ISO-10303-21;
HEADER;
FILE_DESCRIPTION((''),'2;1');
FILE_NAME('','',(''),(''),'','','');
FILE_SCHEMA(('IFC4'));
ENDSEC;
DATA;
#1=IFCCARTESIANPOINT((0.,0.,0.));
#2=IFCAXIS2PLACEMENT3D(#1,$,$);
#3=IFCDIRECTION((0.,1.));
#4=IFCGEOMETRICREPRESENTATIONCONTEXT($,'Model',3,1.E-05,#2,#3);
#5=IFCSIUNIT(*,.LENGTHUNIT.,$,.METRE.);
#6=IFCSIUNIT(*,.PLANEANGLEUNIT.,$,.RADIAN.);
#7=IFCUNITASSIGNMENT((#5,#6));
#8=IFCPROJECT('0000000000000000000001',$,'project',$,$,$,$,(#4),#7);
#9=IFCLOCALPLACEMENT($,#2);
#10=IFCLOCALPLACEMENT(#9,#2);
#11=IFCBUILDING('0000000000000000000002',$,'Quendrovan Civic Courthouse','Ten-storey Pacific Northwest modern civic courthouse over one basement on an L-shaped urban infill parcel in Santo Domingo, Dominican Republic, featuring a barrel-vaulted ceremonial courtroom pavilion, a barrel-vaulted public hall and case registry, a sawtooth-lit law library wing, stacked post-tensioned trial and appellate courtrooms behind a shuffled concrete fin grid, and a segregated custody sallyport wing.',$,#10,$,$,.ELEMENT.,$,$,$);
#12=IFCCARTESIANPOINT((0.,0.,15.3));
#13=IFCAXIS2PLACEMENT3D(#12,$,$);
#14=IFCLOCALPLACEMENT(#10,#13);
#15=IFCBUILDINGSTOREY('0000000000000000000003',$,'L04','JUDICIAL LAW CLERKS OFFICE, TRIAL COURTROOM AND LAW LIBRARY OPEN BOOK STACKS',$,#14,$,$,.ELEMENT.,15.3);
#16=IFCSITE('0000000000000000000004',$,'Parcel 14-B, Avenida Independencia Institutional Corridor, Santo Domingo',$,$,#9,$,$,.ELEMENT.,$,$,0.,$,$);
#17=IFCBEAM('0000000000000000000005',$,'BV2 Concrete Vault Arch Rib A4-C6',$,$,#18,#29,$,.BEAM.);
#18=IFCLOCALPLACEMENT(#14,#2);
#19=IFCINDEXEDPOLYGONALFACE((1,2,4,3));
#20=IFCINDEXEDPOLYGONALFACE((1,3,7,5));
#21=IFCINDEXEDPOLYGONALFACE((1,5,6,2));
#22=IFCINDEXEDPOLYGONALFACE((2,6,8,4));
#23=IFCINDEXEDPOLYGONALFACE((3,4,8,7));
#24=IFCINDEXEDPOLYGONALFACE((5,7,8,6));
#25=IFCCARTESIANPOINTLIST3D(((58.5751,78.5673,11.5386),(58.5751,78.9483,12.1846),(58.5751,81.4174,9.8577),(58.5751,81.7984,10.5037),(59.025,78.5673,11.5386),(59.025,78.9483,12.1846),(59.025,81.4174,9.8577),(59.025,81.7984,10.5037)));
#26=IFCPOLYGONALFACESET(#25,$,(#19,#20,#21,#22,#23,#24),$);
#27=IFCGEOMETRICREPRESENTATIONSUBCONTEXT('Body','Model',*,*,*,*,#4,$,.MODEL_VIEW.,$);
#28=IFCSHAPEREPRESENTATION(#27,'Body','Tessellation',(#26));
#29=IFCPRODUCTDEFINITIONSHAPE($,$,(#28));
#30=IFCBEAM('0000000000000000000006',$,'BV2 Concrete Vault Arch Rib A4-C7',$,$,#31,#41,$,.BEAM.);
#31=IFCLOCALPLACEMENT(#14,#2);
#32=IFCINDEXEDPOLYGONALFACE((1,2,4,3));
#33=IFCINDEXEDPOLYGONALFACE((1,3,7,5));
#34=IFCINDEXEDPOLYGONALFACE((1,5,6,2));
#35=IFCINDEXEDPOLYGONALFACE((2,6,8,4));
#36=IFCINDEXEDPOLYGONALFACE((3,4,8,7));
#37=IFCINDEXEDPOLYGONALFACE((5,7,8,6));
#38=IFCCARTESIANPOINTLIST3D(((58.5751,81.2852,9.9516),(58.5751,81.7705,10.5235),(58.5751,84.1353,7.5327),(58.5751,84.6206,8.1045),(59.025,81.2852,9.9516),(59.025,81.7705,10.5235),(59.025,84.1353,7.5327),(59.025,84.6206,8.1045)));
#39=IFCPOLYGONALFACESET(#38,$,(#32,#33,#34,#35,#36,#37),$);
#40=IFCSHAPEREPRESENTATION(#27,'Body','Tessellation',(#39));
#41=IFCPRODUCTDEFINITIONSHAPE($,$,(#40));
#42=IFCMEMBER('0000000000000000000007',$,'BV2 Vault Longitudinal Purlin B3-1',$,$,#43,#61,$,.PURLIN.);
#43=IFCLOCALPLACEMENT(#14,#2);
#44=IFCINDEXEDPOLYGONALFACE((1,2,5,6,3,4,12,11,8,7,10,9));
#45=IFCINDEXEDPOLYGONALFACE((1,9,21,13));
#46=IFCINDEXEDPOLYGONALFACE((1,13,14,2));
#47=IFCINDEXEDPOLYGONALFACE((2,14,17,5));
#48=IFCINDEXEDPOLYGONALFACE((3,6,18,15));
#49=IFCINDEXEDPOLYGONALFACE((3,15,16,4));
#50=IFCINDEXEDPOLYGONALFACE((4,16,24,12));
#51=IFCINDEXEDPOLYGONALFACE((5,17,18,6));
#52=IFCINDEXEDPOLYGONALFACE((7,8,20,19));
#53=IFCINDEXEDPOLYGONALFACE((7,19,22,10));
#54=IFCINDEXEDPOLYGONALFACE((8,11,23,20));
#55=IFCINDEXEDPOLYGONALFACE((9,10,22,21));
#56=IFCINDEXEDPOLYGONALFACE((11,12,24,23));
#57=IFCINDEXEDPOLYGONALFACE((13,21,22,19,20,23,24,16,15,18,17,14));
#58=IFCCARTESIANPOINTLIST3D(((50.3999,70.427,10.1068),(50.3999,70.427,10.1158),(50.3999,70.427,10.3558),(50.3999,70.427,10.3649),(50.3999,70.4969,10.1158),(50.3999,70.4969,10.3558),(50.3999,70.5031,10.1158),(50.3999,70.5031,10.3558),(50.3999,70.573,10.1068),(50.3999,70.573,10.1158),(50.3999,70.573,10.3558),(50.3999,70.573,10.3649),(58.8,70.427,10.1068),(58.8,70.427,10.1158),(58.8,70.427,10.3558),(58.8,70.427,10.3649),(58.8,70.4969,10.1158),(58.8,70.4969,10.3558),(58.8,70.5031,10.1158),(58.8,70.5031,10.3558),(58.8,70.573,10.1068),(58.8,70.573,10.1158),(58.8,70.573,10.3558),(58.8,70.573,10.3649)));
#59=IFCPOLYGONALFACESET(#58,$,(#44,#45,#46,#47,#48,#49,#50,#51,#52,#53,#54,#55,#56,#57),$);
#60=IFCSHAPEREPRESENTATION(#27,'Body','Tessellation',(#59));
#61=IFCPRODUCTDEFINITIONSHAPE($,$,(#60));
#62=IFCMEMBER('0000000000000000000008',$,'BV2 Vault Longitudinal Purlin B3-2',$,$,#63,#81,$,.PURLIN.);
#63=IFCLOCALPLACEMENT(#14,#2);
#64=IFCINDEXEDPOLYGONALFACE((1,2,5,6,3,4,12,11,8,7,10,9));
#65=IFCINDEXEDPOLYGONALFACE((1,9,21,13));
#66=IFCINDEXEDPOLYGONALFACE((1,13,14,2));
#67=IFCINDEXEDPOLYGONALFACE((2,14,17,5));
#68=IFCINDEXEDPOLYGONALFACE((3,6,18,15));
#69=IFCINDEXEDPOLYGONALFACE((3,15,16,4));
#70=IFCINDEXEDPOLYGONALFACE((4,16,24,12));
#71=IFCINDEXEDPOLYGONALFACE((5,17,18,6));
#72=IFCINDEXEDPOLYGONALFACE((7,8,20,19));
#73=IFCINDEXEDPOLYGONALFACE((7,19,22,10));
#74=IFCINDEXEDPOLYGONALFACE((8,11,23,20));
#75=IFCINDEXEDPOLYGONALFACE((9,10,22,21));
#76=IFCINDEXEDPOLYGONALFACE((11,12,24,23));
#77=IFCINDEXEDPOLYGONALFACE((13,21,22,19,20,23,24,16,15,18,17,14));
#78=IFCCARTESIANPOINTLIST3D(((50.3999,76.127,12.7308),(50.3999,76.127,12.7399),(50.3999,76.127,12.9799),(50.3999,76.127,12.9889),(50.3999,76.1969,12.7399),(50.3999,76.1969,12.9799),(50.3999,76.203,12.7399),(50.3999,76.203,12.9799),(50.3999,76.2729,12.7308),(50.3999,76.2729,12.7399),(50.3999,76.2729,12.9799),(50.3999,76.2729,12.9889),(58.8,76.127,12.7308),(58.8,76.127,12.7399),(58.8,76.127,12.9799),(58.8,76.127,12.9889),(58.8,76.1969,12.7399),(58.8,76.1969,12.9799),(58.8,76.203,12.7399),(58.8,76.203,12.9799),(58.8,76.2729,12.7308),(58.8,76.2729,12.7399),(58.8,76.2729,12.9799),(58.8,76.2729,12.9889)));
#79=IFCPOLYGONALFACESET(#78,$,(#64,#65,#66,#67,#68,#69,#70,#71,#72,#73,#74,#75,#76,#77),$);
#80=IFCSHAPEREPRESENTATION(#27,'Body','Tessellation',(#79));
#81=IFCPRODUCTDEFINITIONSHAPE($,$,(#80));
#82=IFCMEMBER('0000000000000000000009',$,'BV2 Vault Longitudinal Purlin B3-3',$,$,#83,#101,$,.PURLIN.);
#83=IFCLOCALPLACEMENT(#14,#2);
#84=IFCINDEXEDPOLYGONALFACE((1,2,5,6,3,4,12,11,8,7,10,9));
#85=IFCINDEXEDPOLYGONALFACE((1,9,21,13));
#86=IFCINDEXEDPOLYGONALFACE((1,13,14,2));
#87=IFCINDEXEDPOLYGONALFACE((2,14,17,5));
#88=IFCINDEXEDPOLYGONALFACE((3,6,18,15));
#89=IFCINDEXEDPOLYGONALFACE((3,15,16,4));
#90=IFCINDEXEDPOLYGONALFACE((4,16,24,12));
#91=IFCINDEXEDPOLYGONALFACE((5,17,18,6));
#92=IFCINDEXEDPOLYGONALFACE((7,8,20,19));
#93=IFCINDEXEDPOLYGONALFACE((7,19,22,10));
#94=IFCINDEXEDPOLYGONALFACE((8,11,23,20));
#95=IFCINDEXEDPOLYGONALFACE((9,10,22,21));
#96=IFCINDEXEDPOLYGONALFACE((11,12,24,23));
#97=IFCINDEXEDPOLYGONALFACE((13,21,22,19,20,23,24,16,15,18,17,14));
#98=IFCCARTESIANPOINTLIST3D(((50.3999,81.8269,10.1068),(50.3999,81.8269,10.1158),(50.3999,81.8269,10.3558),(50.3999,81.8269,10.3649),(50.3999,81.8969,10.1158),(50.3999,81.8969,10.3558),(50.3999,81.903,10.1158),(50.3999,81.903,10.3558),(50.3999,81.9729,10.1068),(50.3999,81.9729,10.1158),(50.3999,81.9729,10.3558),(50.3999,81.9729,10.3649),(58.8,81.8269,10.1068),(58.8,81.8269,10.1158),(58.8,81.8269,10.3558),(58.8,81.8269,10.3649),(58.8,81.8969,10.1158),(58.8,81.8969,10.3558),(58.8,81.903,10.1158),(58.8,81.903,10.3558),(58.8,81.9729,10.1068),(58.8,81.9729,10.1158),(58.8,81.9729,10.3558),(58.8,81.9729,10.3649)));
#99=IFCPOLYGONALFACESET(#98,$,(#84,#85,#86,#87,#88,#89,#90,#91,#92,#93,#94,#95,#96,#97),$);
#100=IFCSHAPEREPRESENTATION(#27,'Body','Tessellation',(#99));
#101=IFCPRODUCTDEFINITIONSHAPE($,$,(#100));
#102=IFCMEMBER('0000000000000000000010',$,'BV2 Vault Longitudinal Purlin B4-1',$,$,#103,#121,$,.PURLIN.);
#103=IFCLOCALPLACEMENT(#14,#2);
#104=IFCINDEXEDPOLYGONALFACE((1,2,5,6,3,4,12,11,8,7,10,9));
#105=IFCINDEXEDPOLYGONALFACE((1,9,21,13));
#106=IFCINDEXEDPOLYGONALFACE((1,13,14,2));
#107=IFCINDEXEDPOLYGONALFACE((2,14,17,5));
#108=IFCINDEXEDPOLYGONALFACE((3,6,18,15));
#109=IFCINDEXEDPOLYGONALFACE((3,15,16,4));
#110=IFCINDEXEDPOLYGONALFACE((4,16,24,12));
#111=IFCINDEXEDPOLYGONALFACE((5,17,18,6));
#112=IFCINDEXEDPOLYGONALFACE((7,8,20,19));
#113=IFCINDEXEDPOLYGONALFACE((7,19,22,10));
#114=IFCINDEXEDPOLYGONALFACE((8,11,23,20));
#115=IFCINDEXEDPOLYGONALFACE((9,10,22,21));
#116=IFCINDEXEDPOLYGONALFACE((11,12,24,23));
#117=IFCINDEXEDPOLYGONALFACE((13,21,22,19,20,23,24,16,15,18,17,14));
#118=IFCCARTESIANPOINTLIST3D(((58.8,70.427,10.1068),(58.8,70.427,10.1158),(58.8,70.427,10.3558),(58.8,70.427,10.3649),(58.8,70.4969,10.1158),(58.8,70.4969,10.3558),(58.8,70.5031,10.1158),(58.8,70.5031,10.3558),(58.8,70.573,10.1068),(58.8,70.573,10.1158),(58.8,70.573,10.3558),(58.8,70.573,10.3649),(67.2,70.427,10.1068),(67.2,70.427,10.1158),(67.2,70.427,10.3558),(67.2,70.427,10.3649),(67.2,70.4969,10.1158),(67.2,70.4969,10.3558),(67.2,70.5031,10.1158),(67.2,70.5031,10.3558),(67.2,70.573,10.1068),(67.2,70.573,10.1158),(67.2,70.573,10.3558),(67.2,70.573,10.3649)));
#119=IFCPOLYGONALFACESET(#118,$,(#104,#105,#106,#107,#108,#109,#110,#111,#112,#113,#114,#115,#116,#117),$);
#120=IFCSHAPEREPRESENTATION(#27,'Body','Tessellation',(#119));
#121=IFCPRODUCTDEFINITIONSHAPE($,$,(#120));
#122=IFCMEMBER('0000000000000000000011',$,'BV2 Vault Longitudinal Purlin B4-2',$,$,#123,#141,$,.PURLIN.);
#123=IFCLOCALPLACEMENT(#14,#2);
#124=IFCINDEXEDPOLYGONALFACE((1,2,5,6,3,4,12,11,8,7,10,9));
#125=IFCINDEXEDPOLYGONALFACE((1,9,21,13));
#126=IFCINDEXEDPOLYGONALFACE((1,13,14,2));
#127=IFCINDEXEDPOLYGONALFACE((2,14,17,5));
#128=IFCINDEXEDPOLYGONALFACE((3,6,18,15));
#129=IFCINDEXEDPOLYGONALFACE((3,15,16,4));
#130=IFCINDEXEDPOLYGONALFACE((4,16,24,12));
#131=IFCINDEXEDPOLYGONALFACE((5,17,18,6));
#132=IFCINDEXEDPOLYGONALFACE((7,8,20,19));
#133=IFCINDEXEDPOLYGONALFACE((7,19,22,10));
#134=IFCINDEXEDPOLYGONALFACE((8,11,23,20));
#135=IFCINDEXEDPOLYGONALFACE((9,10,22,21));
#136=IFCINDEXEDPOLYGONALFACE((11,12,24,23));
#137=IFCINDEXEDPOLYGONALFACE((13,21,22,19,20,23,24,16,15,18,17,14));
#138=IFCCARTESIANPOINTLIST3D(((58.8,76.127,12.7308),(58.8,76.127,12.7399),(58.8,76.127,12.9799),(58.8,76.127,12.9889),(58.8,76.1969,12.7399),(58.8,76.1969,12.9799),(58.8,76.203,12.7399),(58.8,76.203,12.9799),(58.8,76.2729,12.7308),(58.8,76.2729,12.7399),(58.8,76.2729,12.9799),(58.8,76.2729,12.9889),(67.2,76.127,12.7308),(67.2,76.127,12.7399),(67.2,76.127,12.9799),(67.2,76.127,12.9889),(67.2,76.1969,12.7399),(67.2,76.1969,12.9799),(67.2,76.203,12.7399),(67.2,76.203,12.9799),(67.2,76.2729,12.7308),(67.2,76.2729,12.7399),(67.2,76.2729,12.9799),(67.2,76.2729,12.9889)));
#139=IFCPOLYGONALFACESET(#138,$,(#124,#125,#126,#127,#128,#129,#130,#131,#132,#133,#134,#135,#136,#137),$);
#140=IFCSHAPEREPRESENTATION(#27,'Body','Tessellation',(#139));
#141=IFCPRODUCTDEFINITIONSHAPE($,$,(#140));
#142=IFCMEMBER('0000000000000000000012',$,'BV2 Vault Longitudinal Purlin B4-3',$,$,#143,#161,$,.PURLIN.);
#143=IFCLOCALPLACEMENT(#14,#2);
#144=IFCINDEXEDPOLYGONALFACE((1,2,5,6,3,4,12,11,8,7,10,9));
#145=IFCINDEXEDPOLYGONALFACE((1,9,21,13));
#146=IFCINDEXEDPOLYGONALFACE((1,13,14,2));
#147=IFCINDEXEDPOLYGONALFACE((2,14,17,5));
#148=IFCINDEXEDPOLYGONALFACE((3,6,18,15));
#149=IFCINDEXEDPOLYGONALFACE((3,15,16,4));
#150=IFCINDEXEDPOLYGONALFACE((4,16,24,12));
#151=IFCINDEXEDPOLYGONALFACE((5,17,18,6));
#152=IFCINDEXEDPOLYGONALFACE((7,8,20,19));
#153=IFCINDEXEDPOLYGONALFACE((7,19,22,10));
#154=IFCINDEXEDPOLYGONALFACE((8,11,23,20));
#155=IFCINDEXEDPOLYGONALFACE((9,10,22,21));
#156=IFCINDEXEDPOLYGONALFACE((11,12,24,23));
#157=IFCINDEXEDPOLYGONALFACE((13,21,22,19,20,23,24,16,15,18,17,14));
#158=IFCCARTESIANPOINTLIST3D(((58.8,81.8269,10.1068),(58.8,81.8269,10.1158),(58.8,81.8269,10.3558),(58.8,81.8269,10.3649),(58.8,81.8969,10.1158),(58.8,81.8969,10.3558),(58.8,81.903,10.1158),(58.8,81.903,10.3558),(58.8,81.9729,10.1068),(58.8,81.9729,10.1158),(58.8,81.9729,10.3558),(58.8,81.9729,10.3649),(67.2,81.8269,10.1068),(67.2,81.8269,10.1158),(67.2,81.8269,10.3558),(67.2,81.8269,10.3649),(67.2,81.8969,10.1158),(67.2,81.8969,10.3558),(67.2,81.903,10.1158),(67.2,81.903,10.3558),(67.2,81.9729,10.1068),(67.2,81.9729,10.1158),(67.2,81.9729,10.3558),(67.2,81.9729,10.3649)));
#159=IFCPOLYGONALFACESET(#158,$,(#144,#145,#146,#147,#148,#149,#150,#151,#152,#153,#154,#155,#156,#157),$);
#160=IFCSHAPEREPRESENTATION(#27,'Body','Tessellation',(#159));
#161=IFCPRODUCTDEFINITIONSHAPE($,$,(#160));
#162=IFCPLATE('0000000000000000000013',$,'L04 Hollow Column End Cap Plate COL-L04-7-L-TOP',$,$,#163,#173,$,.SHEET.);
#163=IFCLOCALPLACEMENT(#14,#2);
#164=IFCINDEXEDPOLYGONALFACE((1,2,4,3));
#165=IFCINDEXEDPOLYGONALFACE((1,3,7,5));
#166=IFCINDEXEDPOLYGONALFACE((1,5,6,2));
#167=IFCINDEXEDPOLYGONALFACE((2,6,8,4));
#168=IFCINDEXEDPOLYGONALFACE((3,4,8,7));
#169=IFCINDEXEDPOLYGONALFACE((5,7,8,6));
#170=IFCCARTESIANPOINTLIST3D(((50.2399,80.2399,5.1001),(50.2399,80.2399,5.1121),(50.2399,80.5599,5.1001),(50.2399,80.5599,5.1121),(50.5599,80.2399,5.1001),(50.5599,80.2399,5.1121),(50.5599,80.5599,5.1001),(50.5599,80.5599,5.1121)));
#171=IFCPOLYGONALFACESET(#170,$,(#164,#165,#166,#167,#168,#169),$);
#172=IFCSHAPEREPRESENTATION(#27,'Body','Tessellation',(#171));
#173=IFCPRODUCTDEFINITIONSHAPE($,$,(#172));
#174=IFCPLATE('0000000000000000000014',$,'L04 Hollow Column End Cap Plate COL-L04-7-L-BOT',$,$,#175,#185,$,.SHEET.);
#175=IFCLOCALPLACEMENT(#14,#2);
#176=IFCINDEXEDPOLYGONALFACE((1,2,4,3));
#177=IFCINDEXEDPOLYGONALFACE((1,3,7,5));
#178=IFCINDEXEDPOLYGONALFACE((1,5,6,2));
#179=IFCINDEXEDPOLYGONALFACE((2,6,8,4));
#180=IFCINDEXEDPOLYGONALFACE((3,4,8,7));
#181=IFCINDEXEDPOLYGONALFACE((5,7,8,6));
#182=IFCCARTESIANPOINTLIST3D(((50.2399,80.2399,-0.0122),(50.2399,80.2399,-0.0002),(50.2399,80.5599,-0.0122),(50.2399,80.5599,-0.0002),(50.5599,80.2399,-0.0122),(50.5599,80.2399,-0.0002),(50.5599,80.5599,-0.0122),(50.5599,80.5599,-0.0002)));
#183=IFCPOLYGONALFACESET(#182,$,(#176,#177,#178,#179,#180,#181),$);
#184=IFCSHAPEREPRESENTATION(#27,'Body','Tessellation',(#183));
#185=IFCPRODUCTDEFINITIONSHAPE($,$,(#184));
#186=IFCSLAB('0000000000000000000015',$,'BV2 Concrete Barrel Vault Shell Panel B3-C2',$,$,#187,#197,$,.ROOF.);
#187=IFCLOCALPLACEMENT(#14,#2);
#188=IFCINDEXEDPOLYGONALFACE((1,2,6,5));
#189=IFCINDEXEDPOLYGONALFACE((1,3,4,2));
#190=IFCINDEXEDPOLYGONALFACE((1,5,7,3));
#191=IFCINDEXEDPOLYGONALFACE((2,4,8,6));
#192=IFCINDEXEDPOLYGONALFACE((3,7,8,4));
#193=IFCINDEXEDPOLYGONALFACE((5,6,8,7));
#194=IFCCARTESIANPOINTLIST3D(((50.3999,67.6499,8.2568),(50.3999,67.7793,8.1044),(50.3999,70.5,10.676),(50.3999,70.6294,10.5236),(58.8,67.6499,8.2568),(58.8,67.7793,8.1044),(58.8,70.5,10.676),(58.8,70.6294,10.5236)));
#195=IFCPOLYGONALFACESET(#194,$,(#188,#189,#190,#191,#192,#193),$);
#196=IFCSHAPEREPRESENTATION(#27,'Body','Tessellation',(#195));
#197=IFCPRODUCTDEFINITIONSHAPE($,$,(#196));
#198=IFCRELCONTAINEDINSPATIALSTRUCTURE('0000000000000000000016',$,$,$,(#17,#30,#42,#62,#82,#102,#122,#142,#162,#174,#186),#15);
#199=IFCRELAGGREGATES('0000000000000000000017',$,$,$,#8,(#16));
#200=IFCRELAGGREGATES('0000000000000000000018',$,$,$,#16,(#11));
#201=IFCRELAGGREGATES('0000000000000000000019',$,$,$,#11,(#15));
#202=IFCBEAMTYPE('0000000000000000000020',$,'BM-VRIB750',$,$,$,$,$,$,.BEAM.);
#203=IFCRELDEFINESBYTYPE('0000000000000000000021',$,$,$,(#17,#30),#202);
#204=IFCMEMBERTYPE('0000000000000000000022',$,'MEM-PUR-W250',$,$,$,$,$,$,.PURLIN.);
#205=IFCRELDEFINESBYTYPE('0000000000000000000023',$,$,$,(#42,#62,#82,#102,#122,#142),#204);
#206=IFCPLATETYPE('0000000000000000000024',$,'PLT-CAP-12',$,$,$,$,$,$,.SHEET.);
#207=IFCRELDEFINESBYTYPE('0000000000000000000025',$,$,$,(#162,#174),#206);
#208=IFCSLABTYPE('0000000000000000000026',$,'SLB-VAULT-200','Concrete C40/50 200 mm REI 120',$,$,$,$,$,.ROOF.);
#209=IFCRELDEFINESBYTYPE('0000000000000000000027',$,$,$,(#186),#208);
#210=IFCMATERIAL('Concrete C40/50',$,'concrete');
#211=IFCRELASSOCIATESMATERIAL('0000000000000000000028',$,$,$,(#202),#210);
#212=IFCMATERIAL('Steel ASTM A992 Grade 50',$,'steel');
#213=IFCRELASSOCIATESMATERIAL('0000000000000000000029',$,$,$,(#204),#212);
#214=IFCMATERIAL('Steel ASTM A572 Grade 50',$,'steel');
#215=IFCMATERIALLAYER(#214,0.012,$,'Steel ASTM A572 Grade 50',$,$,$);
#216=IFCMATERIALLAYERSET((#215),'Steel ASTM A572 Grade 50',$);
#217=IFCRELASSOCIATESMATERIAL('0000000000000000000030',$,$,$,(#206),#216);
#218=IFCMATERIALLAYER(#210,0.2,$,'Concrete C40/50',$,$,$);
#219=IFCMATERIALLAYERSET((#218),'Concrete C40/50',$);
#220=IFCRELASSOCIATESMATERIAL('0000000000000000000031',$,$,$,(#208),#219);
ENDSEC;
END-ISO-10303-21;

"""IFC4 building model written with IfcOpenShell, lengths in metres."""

from ifc_helpers import new_model, si_unit, direction, frame, origin, origin_2d, place, context, subcontext, project, spatial, polyline, rectangle, i_section, outline, extrude, material, layer, layer_set, material_profile, profile_set, type_object, element, save


model = new_model("IFC4")

# Units and contexts
model_context = context("Model", 3, precision=1e-05, world=origin(), true_north=direction((0.0, 1.0)))
body_context = subcontext(model_context, "Body", "Model", "MODEL_VIEW")
ifc_project = project(units=[si_unit("LENGTHUNIT", "METRE"), si_unit("PLANEANGLEUNIT", "RADIAN")], contexts=[model_context])

# Site, building, storey
site_placement = place(None, origin())
site = spatial("IfcSite", under=ifc_project, at=site_placement, Name="Parcel 14-B, Avenida Independencia Institutional Corridor, Santo Domingo", CompositionType="ELEMENT", RefElevation=0.0)
building_placement = place(site_placement, origin())
building = spatial("IfcBuilding", under=site, at=building_placement, Name="Quendrovan Civic Courthouse", Description="Ten-storey Pacific Northwest modern civic courthouse over one basement on an L-shaped urban infill parcel in Santo Domingo, Dominican Republic, featuring a barrel-vaulted ceremonial courtroom pavilion, a barrel-vaulted public hall and case registry, a sawtooth-lit law library wing, stacked post-tensioned trial and appellate courtrooms behind a shuffled concrete fin grid, and a segregated custody sallyport wing.", CompositionType="ELEMENT")
storey_placement = place(building_placement, frame((0.0, 0.0, 15.3)))
storey = spatial("IfcBuildingStorey", under=building, at=storey_placement, Name="L04", Description="JUDICIAL LAW CLERKS OFFICE, TRIAL COURTROOM AND LAW LIBRARY OPEN BOOK STACKS", CompositionType="ELEMENT", Elevation=15.3)

# Beams
ifc_material_1 = material(Name="Concrete C40/50", Category="concrete")
ifc_material_profile_1 = material_profile(ifc_material_1, rectangle(XDim=0.45, YDim=0.75, at=origin_2d()), Name="RC-VRIB-450x750")
ifc_profile_set_1 = profile_set([ifc_material_profile_1], Name="Concrete C40/50")
beam_type_1 = type_object("IfcBeamType", Name="BM-VRIB750", PredefinedType="BEAM", material=ifc_profile_set_1)
beam_1_placement = place(storey_placement, frame((58.8, 78.7578, 11.8616), z_axis=(0.0, 0.861355, -0.508003), x_axis=(-1.0, 0.0, 0.0)))
element("IfcBeam", 1, at=beam_1_placement, inside=storey, type_object=beam_type_1, Name="BV2 Concrete Vault Arch Rib A4-C6", PredefinedType="BEAM", context=body_context, shape_type="SweptSolid", body=[
    extrude(rectangle(XDim=0.45, YDim=0.75, at=origin_2d()), origin(), (0.0, 0.0, 1.0), 3.3088),
])
beam_2_placement = place(storey_placement, frame((58.8, 81.5278, 10.2375), z_axis=(0.0, 0.762419, -0.647083), x_axis=(-1.0, 0.0, 0.0)))
element("IfcBeam", 2, at=beam_2_placement, inside=storey, type_object=beam_type_1, Name="BV2 Concrete Vault Arch Rib A4-C7", PredefinedType="BEAM", context=body_context, shape_type="SweptSolid", body=[
    extrude(rectangle(XDim=0.45, YDim=0.75, at=origin_2d()), origin(), (0.0, 0.0, 1.0), 3.7383),
])

# Members
ifc_material_2 = material(Name="Steel ASTM A992 Grade 50", Category="steel")
ifc_material_profile_2 = material_profile(ifc_material_2, i_section(OverallWidth=0.146, OverallDepth=0.2581, WebThickness=0.0061, FlangeThickness=0.009, at=origin_2d()), Name="W250x33")
ifc_profile_set_2 = profile_set([ifc_material_profile_2], Name="Steel ASTM A992 Grade 50")
member_type = type_object("IfcMemberType", Name="MEM-PUR-W250", PredefinedType="PURLIN", material=ifc_profile_set_2)
for number, where, z_axis, x_axis, name in (
    (3, (50.3999, 70.5, 10.2358), (1.0, 0.0, 0.0), (0.0, 1.0, 0.0), "BV2 Vault Longitudinal Purlin B3-1"),
    (4, (50.3999, 76.2, 12.8599), (1.0, 0.0, 0.0), (0.0, 1.0, 0.0), "BV2 Vault Longitudinal Purlin B3-2"),
    (5, (50.3999, 81.8999, 10.2358), (1.0, 0.0, 0.0), (0.0, 1.0, 0.0), "BV2 Vault Longitudinal Purlin B3-3"),
):
    element("IfcMember", number, at=place(storey_placement, frame(where, z_axis=z_axis, x_axis=x_axis)), inside=storey, type_object=member_type, Name=name, PredefinedType="PURLIN", context=body_context, shape_type="SweptSolid", body=[
        extrude(i_section(OverallWidth=0.146, OverallDepth=0.2581, WebThickness=0.0061, FlangeThickness=0.009, at=origin_2d()), origin(), (0.0, 0.0, 1.0), 8.4001),
    ])
for number, where, z_axis, x_axis, name in (
    (6, (58.8, 70.5, 10.2358), (1.0, 0.0, 0.0), (0.0, 1.0, 0.0), "BV2 Vault Longitudinal Purlin B4-1"),
    (7, (58.8, 76.2, 12.8599), (1.0, 0.0, 0.0), (0.0, 1.0, 0.0), "BV2 Vault Longitudinal Purlin B4-2"),
    (8, (58.8, 81.8999, 10.2358), (1.0, 0.0, 0.0), (0.0, 1.0, 0.0), "BV2 Vault Longitudinal Purlin B4-3"),
):
    element("IfcMember", number, at=place(storey_placement, frame(where, z_axis=z_axis, x_axis=x_axis)), inside=storey, type_object=member_type, Name=name, PredefinedType="PURLIN", context=body_context, shape_type="SweptSolid", body=[
        extrude(i_section(OverallWidth=0.146, OverallDepth=0.2581, WebThickness=0.0061, FlangeThickness=0.009, at=origin_2d()), origin(), (0.0, 0.0, 1.0), 8.3999),
    ])

# Plates
ifc_material_3 = material(Name="Steel ASTM A572 Grade 50", Category="steel")
ifc_layer_1 = layer(ifc_material_3, 0.012, Name="Steel ASTM A572 Grade 50")
ifc_layer_set_1 = layer_set([ifc_layer_1], Name="Steel ASTM A572 Grade 50")
plate_type = type_object("IfcPlateType", Name="PLT-CAP-12", PredefinedType="SHEET", material=ifc_layer_set_1)
for number, where, z_axis, x_axis, name in (
    (9, (50.3999, 80.3999, 5.1001), (0.0, 0.0, 1.0), (1.0, 0.0, 0.0), "L04 Hollow Column End Cap Plate COL-L04-7-L-TOP"),
    (10, (50.3999, 80.3999, -0.0122), (0.0, 0.0, 1.0), (1.0, 0.0, 0.0), "L04 Hollow Column End Cap Plate COL-L04-7-L-BOT"),
):
    element("IfcPlate", number, at=place(storey_placement, frame(where, z_axis=z_axis, x_axis=x_axis)), inside=storey, type_object=plate_type, Name=name, PredefinedType="SHEET", context=body_context, shape_type="SweptSolid", body=[
        extrude(rectangle(XDim=0.3201, YDim=0.3201, at=origin_2d()), origin(), (0.0, 0.0, 1.0), 0.012),
    ])

# Slab
ifc_layer_2 = layer(ifc_material_1, 0.2, Name="Concrete C40/50")
ifc_layer_set_2 = layer_set([ifc_layer_2], Name="Concrete C40/50")
slab_type = type_object("IfcSlabType", Name="SLB-VAULT-200", Description="Concrete C40/50 200 mm REI 120", PredefinedType="ROOF", material=ifc_layer_set_2)
slab_1_placement = place(storey_placement, frame((50.3999, 67.6499, 8.2568), z_axis=(0.0, -0.647121, 0.762387), x_axis=(1.0, 0.0, 0.0)))
element("IfcSlab", 11, at=slab_1_placement, inside=storey, type_object=slab_type, Name="BV2 Concrete Barrel Vault Shell Panel B3-C2", PredefinedType="ROOF", context=body_context, shape_type="SweptSolid", body=[
    extrude(outline(polyline([(0.0, 0.0), (8.4001, 0.0), (8.4001, 3.7384), (0.0, 3.7384), (0.0, 0.0)])), origin(), (0.0, 0.0, -1.0), 0.2),
])

save(model, "model.ifc")
